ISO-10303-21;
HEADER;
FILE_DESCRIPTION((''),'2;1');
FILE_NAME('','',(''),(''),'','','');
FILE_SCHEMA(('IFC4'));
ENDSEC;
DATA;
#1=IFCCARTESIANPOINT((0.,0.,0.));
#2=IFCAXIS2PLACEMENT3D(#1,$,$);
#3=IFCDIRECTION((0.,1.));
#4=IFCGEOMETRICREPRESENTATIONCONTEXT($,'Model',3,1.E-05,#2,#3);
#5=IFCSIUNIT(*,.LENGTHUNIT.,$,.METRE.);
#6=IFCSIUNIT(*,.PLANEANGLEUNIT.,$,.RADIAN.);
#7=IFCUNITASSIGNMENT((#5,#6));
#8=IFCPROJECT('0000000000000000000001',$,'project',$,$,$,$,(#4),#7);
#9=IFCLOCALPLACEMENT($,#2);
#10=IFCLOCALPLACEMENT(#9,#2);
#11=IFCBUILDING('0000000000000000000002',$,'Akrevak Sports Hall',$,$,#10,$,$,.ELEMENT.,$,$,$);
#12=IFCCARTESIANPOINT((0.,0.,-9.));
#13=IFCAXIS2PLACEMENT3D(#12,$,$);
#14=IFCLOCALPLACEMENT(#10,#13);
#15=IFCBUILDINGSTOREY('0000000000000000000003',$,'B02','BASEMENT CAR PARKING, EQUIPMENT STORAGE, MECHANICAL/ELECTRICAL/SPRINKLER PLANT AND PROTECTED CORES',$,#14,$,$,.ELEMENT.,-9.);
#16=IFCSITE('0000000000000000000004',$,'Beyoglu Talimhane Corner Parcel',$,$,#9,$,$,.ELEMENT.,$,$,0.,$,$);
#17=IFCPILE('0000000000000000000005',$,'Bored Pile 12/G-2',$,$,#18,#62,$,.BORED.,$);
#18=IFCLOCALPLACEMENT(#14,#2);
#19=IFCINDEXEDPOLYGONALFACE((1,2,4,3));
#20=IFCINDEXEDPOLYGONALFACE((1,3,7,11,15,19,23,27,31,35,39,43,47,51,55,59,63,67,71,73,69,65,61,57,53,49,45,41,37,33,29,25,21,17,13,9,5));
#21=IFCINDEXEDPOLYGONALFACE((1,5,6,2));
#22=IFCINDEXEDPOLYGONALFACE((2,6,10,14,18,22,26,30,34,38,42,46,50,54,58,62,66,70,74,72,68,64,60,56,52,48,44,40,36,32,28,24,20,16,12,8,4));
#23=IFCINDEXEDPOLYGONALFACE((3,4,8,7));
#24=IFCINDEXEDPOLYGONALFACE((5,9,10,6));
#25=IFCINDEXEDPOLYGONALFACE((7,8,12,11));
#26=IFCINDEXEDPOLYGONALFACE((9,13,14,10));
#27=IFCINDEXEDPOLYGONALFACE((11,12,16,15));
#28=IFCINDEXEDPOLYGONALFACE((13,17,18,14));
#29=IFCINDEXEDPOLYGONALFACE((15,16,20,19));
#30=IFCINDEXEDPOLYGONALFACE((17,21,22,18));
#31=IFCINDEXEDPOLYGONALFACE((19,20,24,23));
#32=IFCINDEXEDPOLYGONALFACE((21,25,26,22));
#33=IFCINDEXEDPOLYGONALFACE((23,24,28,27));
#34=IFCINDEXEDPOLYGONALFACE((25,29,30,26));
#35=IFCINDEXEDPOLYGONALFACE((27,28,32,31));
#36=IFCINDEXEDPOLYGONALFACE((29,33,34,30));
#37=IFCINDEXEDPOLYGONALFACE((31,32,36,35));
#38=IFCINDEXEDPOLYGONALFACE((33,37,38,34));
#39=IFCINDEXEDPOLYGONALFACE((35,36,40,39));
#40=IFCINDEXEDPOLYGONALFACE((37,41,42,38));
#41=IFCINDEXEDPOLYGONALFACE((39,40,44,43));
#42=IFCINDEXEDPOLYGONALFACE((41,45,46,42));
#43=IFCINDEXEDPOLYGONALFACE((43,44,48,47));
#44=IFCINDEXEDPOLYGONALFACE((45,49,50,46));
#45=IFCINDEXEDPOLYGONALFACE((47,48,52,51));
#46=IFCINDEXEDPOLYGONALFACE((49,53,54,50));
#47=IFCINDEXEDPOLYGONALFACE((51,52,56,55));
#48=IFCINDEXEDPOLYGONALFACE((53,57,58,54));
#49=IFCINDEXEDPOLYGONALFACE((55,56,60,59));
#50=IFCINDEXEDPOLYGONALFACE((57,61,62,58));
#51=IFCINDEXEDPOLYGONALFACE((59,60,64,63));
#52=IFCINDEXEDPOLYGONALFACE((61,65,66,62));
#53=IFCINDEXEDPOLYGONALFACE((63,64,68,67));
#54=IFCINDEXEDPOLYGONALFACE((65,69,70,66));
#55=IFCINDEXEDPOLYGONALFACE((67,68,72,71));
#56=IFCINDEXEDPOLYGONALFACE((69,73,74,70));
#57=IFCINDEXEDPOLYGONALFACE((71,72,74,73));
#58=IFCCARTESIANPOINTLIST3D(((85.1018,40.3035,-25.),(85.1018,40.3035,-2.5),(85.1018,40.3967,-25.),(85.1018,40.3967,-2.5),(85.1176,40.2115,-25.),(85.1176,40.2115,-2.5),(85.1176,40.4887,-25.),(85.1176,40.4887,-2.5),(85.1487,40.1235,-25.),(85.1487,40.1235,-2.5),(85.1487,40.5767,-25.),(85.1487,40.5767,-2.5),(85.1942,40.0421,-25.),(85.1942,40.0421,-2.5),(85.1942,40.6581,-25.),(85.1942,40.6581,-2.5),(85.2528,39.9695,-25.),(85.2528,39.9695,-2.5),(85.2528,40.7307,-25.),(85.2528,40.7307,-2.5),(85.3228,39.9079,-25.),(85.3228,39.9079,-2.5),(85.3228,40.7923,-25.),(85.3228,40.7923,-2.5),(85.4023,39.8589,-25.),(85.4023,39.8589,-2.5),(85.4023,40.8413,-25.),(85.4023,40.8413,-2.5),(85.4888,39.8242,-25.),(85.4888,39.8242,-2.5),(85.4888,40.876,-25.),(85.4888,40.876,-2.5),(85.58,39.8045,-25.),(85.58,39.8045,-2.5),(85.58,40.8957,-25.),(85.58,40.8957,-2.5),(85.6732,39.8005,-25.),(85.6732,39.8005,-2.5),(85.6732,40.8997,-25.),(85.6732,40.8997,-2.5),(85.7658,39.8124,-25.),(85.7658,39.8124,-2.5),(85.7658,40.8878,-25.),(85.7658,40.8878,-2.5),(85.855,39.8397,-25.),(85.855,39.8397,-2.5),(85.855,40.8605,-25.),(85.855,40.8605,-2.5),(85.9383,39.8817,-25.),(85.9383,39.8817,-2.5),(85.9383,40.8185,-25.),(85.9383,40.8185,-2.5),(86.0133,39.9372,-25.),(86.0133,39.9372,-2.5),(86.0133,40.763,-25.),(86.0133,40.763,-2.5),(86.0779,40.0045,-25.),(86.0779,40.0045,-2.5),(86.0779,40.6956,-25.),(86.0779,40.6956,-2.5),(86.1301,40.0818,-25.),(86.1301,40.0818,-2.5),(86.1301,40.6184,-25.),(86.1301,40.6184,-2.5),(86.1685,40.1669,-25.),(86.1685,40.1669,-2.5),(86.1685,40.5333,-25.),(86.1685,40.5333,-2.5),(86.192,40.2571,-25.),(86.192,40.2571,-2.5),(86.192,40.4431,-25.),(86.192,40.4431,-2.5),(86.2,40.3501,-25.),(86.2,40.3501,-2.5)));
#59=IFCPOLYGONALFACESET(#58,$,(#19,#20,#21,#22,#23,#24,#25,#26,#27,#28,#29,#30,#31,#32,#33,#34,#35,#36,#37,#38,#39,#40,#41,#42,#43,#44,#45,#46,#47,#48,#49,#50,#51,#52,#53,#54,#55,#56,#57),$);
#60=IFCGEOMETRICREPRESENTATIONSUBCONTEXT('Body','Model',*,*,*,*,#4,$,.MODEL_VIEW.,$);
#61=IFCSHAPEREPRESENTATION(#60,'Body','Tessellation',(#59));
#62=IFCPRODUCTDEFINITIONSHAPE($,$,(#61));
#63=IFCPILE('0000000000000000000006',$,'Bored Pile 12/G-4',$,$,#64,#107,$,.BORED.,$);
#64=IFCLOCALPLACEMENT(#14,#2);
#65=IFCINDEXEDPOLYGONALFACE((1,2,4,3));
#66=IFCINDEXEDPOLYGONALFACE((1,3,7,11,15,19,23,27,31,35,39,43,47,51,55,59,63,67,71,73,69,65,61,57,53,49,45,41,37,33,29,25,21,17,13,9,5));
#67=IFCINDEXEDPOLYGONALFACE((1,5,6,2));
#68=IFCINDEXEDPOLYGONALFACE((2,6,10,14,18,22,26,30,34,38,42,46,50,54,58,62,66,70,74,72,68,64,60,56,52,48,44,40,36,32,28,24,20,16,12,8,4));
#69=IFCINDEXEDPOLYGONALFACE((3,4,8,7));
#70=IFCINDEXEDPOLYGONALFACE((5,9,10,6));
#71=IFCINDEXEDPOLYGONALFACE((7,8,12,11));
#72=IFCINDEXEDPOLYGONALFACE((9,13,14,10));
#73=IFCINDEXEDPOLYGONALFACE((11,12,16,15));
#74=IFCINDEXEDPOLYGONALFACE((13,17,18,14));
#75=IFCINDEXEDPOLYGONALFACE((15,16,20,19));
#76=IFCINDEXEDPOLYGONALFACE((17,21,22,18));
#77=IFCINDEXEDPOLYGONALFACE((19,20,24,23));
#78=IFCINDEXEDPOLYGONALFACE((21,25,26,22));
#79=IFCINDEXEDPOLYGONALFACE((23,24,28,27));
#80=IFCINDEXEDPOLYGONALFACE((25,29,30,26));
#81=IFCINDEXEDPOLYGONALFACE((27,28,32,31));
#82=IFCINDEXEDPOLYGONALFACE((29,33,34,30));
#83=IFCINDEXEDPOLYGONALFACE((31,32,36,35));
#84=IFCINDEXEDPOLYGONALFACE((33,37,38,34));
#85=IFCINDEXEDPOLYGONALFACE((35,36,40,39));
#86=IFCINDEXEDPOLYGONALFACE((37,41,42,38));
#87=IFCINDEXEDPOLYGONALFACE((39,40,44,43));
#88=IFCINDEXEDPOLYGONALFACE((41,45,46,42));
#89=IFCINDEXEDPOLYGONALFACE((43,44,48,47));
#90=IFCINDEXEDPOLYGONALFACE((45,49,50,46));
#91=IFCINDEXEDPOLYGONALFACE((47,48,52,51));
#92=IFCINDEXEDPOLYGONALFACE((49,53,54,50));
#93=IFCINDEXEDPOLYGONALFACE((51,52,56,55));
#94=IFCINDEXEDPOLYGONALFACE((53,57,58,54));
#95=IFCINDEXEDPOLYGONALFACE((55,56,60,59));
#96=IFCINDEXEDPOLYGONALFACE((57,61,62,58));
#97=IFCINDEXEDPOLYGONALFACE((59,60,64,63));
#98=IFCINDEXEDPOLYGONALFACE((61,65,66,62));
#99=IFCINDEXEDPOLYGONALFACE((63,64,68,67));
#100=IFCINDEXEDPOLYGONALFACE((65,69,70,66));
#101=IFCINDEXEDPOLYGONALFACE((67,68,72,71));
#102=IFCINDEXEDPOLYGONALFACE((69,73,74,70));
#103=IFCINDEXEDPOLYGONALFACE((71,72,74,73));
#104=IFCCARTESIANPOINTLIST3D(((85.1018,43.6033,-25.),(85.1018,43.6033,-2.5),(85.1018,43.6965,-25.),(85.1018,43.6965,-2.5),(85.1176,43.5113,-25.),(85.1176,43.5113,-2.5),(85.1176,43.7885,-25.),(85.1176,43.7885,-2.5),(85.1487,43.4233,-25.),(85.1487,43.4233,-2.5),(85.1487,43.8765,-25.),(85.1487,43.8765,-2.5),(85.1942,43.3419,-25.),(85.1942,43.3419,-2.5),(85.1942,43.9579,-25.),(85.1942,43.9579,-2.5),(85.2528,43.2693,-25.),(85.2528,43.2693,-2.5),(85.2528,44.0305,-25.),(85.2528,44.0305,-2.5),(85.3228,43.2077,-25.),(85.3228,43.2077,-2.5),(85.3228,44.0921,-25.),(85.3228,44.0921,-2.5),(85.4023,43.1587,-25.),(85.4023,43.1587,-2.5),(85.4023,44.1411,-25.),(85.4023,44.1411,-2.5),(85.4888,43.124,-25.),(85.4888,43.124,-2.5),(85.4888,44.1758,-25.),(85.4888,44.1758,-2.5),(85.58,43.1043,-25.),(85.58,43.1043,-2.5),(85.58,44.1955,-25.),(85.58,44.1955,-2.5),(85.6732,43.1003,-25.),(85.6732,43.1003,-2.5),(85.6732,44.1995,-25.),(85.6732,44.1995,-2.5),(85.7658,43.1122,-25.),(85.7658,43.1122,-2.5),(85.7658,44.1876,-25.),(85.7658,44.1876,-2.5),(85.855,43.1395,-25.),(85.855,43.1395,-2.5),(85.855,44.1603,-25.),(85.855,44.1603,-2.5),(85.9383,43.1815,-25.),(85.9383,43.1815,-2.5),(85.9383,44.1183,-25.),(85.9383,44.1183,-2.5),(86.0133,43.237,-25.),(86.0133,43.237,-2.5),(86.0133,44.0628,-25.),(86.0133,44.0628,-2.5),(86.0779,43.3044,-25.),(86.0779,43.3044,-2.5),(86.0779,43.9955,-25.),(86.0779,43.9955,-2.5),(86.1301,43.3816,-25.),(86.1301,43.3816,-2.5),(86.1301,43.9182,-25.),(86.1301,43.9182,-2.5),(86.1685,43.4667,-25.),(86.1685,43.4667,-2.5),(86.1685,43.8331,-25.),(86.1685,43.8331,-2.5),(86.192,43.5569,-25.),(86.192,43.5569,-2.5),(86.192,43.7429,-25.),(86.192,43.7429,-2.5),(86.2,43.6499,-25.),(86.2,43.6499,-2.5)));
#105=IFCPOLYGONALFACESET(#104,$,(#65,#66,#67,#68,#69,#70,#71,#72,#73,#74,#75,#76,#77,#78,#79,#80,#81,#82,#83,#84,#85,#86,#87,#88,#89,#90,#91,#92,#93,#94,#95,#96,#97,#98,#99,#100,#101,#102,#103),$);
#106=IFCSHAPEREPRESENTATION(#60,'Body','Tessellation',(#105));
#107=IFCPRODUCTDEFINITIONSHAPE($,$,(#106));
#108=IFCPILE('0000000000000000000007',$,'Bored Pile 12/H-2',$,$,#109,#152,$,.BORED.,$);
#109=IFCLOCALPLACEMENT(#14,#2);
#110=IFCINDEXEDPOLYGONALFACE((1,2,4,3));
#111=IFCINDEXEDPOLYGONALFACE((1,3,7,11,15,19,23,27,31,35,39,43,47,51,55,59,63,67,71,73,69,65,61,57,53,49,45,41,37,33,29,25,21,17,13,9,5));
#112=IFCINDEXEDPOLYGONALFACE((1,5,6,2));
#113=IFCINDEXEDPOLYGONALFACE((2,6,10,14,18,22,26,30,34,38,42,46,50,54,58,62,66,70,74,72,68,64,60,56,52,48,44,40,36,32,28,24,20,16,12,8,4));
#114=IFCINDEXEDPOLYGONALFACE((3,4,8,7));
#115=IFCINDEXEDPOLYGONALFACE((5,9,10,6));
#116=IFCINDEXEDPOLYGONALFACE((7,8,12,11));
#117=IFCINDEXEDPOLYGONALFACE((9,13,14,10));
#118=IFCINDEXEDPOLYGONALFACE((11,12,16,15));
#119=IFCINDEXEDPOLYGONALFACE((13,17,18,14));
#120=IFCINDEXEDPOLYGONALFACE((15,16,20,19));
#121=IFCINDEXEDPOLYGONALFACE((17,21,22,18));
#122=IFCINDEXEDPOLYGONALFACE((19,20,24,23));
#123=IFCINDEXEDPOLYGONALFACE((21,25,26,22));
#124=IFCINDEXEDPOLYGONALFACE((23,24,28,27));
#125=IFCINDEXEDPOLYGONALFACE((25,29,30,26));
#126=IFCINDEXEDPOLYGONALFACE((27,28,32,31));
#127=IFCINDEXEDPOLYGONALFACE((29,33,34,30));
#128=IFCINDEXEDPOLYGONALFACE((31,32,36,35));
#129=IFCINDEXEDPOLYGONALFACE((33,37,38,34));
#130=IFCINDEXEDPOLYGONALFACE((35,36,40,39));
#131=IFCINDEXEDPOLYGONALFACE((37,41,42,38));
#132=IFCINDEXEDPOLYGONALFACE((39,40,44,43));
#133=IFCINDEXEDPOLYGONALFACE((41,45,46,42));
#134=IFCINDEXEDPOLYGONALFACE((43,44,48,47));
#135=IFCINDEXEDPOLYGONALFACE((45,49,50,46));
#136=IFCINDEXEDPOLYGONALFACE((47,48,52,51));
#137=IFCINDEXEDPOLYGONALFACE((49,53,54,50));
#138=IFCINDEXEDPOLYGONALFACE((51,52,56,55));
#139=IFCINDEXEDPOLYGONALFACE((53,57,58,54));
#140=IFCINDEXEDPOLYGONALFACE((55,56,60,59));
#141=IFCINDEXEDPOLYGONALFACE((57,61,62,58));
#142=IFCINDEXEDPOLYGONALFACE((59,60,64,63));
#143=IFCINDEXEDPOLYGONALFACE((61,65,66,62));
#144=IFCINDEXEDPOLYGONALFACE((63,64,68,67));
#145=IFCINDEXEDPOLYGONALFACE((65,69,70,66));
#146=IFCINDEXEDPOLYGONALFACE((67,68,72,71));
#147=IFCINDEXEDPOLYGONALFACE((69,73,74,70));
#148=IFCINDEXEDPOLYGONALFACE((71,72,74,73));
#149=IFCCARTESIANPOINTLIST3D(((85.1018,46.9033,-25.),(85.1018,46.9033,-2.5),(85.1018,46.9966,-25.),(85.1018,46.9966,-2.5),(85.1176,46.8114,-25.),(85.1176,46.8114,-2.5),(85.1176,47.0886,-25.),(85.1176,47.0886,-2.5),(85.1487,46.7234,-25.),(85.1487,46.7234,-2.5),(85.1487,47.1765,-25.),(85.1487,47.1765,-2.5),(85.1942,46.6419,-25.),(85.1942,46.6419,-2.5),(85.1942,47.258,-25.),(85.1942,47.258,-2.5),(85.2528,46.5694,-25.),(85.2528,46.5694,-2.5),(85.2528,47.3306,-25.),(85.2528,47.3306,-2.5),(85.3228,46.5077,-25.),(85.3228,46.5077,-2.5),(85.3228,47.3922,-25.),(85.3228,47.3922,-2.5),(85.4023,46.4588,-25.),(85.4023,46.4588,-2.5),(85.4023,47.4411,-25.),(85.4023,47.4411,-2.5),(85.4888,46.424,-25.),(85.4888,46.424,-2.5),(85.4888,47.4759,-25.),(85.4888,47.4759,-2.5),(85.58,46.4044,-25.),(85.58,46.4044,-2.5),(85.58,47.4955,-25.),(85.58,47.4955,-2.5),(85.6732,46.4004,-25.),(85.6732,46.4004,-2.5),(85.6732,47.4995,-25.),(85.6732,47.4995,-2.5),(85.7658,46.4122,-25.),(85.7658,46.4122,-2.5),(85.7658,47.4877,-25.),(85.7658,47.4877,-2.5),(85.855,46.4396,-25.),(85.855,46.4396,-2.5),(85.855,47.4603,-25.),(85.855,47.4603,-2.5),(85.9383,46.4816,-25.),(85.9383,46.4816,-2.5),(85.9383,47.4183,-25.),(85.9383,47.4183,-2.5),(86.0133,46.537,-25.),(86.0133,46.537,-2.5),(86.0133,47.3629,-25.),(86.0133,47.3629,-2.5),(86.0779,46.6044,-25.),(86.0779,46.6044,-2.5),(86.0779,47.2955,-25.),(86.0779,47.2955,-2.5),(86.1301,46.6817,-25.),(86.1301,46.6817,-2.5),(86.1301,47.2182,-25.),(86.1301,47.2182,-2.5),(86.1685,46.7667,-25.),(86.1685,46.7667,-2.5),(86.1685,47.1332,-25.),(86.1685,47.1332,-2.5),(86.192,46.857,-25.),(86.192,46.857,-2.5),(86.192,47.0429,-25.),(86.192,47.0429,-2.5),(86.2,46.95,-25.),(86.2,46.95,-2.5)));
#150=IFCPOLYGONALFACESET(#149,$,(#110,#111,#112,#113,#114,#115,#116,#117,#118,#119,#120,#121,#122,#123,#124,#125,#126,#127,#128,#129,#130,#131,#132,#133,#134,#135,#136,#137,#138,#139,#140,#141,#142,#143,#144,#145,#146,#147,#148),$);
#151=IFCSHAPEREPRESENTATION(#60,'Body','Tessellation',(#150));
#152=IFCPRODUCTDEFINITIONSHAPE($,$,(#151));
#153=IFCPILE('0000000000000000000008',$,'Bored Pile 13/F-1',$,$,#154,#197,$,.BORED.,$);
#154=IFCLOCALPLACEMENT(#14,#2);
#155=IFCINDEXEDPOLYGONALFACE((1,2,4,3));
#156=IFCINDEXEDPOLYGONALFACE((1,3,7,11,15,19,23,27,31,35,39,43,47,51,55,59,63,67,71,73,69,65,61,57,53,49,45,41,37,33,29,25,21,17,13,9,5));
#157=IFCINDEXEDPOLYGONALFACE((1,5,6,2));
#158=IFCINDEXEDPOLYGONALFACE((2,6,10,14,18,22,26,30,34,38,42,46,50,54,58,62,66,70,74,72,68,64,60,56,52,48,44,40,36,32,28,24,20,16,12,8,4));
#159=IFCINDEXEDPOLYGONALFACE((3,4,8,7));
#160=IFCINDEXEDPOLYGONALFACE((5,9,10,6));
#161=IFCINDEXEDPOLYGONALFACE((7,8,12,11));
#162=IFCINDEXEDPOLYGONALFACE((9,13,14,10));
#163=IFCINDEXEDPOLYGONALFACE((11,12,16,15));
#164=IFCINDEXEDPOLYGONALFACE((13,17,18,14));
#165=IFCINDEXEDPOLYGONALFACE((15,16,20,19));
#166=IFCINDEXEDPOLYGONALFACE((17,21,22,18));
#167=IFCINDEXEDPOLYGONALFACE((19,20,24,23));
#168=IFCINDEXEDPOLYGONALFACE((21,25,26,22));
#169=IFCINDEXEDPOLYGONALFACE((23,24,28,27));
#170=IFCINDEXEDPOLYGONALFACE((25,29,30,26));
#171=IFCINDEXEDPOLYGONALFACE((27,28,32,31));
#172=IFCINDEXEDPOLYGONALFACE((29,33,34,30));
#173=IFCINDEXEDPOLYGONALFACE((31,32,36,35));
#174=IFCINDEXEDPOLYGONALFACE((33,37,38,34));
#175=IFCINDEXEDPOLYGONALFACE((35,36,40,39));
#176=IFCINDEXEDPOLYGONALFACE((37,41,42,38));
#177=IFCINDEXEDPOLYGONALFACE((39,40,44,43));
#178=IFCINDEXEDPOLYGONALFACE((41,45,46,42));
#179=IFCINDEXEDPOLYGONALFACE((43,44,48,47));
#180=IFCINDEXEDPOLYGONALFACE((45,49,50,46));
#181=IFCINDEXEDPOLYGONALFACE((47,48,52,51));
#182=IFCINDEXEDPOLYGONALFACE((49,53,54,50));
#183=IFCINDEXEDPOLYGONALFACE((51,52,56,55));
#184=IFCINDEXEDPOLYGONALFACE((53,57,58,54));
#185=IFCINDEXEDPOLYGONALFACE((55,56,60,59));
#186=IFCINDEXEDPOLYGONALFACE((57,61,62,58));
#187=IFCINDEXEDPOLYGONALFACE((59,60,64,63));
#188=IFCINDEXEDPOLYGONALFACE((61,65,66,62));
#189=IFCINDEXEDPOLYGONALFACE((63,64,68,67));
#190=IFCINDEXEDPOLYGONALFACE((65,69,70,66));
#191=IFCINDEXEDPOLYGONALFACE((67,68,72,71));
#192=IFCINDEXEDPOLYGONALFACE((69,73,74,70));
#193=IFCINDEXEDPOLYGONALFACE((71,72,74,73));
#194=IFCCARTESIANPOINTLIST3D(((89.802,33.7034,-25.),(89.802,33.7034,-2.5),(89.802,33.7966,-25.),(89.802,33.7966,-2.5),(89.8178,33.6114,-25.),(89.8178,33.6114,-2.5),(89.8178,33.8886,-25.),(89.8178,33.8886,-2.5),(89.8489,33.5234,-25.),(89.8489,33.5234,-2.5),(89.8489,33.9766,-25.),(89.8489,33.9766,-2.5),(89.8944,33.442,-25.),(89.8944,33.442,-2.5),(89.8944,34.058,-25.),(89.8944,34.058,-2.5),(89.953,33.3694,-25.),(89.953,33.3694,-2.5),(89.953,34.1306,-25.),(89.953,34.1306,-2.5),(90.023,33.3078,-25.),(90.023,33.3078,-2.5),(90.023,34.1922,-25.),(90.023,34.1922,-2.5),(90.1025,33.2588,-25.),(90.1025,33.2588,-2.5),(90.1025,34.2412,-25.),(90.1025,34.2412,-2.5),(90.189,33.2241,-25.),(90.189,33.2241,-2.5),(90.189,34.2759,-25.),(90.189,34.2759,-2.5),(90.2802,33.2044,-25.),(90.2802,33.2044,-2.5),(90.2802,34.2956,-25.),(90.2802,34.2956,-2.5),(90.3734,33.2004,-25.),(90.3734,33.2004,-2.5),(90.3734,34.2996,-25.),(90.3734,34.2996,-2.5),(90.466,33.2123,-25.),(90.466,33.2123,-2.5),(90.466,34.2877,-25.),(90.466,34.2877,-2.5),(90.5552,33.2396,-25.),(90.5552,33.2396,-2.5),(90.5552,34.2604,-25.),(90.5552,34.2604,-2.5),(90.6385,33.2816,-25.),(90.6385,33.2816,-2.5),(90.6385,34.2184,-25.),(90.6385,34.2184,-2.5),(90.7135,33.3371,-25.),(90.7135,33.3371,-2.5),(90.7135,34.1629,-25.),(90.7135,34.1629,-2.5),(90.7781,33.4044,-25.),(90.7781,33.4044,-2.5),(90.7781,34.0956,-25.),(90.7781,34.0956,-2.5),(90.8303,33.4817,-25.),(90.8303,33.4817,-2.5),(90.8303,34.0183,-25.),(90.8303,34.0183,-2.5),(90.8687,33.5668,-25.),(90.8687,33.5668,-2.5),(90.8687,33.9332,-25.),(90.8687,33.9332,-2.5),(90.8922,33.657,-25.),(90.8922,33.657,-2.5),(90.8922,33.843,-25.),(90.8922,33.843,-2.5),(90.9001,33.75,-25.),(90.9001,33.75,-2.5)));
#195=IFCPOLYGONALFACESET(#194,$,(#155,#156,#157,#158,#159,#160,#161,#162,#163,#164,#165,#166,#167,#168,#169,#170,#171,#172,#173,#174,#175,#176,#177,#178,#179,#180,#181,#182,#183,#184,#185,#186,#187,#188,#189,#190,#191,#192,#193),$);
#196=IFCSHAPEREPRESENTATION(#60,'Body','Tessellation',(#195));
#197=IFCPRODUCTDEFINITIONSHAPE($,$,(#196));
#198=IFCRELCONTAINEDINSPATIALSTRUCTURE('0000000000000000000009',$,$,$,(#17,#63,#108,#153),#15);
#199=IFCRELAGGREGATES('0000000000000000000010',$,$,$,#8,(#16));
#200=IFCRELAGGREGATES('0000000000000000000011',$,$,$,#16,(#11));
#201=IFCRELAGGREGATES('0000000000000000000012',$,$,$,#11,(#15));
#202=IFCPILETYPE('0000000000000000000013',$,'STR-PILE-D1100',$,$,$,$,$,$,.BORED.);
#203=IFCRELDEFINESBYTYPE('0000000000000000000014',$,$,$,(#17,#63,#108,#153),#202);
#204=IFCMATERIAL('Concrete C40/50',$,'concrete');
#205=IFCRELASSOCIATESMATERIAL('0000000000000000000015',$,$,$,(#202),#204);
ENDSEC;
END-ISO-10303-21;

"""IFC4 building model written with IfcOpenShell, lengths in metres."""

from ifc_helpers import new_model, si_unit, direction, frame, origin, origin_2d, place, context, subcontext, project, spatial, circle, extrude, material, material_profile, profile_set, type_object, element, save


model = new_model("IFC4")

# Units and contexts
model_context = context("Model", 3, precision=1e-05, world=origin(), true_north=direction((0.0, 1.0)))
body_context = subcontext(model_context, "Body", "Model", "MODEL_VIEW")
ifc_project = project(units=[si_unit("LENGTHUNIT", "METRE"), si_unit("PLANEANGLEUNIT", "RADIAN")], contexts=[model_context])

# Site, building, storey
site_placement = place(None, origin())
site = spatial("IfcSite", under=ifc_project, at=site_placement, Name="Beyoglu Talimhane Corner Parcel", CompositionType="ELEMENT", RefElevation=0.0)
building_placement = place(site_placement, origin())
building = spatial("IfcBuilding", under=site, at=building_placement, Name="Akrevak Sports Hall", CompositionType="ELEMENT")
storey_placement = place(building_placement, frame((0.0, 0.0, -9.0)))
storey = spatial("IfcBuildingStorey", under=building, at=storey_placement, Name="B02", Description="BASEMENT CAR PARKING, EQUIPMENT STORAGE, MECHANICAL/ELECTRICAL/SPRINKLER PLANT AND PROTECTED CORES", CompositionType="ELEMENT", Elevation=-9.0)

# Shared definitions
ifc_material_1 = material(Name="Concrete C40/50", Category="concrete")

# Piles
ifc_material_profile_1 = material_profile(ifc_material_1, circle(Radius=0.55, at=origin_2d()), Name="BORED PILE D1100", Category="concrete")
ifc_profile_set_1 = profile_set([ifc_material_profile_1], Name="Concrete C40/50")
pile_type = type_object("IfcPileType", Name="STR-PILE-D1100", PredefinedType="BORED", material=ifc_profile_set_1)
for number, where, z_axis, x_axis, name in (
    (1, (85.6499, 40.3501, -2.5), (0.0, 0.0, -1.0), (1.0, 0.0, 0.0), "Bored Pile 12/G-2"),
    (2, (85.6499, 43.6499, -2.5), (0.0, 0.0, -1.0), (1.0, 0.0, 0.0), "Bored Pile 12/G-4"),
    (3, (85.6499, 46.95, -2.5), (0.0, 0.0, -1.0), (1.0, 0.0, 0.0), "Bored Pile 12/H-2"),
    (4, (90.3501, 33.75, -2.5), (0.0, 0.0, -1.0), (1.0, 0.0, 0.0), "Bored Pile 13/F-1"),
):
    element("IfcPile", number, at=place(storey_placement, frame(where, z_axis=z_axis, x_axis=x_axis)), inside=storey, type_object=pile_type, Name=name, PredefinedType="BORED", context=body_context, shape_type="SweptSolid", body=[
        extrude(circle(Radius=0.55, at=origin_2d()), origin(), (0.0, 0.0, 1.0), 22.5),
    ])

save(model, "model.ifc")
